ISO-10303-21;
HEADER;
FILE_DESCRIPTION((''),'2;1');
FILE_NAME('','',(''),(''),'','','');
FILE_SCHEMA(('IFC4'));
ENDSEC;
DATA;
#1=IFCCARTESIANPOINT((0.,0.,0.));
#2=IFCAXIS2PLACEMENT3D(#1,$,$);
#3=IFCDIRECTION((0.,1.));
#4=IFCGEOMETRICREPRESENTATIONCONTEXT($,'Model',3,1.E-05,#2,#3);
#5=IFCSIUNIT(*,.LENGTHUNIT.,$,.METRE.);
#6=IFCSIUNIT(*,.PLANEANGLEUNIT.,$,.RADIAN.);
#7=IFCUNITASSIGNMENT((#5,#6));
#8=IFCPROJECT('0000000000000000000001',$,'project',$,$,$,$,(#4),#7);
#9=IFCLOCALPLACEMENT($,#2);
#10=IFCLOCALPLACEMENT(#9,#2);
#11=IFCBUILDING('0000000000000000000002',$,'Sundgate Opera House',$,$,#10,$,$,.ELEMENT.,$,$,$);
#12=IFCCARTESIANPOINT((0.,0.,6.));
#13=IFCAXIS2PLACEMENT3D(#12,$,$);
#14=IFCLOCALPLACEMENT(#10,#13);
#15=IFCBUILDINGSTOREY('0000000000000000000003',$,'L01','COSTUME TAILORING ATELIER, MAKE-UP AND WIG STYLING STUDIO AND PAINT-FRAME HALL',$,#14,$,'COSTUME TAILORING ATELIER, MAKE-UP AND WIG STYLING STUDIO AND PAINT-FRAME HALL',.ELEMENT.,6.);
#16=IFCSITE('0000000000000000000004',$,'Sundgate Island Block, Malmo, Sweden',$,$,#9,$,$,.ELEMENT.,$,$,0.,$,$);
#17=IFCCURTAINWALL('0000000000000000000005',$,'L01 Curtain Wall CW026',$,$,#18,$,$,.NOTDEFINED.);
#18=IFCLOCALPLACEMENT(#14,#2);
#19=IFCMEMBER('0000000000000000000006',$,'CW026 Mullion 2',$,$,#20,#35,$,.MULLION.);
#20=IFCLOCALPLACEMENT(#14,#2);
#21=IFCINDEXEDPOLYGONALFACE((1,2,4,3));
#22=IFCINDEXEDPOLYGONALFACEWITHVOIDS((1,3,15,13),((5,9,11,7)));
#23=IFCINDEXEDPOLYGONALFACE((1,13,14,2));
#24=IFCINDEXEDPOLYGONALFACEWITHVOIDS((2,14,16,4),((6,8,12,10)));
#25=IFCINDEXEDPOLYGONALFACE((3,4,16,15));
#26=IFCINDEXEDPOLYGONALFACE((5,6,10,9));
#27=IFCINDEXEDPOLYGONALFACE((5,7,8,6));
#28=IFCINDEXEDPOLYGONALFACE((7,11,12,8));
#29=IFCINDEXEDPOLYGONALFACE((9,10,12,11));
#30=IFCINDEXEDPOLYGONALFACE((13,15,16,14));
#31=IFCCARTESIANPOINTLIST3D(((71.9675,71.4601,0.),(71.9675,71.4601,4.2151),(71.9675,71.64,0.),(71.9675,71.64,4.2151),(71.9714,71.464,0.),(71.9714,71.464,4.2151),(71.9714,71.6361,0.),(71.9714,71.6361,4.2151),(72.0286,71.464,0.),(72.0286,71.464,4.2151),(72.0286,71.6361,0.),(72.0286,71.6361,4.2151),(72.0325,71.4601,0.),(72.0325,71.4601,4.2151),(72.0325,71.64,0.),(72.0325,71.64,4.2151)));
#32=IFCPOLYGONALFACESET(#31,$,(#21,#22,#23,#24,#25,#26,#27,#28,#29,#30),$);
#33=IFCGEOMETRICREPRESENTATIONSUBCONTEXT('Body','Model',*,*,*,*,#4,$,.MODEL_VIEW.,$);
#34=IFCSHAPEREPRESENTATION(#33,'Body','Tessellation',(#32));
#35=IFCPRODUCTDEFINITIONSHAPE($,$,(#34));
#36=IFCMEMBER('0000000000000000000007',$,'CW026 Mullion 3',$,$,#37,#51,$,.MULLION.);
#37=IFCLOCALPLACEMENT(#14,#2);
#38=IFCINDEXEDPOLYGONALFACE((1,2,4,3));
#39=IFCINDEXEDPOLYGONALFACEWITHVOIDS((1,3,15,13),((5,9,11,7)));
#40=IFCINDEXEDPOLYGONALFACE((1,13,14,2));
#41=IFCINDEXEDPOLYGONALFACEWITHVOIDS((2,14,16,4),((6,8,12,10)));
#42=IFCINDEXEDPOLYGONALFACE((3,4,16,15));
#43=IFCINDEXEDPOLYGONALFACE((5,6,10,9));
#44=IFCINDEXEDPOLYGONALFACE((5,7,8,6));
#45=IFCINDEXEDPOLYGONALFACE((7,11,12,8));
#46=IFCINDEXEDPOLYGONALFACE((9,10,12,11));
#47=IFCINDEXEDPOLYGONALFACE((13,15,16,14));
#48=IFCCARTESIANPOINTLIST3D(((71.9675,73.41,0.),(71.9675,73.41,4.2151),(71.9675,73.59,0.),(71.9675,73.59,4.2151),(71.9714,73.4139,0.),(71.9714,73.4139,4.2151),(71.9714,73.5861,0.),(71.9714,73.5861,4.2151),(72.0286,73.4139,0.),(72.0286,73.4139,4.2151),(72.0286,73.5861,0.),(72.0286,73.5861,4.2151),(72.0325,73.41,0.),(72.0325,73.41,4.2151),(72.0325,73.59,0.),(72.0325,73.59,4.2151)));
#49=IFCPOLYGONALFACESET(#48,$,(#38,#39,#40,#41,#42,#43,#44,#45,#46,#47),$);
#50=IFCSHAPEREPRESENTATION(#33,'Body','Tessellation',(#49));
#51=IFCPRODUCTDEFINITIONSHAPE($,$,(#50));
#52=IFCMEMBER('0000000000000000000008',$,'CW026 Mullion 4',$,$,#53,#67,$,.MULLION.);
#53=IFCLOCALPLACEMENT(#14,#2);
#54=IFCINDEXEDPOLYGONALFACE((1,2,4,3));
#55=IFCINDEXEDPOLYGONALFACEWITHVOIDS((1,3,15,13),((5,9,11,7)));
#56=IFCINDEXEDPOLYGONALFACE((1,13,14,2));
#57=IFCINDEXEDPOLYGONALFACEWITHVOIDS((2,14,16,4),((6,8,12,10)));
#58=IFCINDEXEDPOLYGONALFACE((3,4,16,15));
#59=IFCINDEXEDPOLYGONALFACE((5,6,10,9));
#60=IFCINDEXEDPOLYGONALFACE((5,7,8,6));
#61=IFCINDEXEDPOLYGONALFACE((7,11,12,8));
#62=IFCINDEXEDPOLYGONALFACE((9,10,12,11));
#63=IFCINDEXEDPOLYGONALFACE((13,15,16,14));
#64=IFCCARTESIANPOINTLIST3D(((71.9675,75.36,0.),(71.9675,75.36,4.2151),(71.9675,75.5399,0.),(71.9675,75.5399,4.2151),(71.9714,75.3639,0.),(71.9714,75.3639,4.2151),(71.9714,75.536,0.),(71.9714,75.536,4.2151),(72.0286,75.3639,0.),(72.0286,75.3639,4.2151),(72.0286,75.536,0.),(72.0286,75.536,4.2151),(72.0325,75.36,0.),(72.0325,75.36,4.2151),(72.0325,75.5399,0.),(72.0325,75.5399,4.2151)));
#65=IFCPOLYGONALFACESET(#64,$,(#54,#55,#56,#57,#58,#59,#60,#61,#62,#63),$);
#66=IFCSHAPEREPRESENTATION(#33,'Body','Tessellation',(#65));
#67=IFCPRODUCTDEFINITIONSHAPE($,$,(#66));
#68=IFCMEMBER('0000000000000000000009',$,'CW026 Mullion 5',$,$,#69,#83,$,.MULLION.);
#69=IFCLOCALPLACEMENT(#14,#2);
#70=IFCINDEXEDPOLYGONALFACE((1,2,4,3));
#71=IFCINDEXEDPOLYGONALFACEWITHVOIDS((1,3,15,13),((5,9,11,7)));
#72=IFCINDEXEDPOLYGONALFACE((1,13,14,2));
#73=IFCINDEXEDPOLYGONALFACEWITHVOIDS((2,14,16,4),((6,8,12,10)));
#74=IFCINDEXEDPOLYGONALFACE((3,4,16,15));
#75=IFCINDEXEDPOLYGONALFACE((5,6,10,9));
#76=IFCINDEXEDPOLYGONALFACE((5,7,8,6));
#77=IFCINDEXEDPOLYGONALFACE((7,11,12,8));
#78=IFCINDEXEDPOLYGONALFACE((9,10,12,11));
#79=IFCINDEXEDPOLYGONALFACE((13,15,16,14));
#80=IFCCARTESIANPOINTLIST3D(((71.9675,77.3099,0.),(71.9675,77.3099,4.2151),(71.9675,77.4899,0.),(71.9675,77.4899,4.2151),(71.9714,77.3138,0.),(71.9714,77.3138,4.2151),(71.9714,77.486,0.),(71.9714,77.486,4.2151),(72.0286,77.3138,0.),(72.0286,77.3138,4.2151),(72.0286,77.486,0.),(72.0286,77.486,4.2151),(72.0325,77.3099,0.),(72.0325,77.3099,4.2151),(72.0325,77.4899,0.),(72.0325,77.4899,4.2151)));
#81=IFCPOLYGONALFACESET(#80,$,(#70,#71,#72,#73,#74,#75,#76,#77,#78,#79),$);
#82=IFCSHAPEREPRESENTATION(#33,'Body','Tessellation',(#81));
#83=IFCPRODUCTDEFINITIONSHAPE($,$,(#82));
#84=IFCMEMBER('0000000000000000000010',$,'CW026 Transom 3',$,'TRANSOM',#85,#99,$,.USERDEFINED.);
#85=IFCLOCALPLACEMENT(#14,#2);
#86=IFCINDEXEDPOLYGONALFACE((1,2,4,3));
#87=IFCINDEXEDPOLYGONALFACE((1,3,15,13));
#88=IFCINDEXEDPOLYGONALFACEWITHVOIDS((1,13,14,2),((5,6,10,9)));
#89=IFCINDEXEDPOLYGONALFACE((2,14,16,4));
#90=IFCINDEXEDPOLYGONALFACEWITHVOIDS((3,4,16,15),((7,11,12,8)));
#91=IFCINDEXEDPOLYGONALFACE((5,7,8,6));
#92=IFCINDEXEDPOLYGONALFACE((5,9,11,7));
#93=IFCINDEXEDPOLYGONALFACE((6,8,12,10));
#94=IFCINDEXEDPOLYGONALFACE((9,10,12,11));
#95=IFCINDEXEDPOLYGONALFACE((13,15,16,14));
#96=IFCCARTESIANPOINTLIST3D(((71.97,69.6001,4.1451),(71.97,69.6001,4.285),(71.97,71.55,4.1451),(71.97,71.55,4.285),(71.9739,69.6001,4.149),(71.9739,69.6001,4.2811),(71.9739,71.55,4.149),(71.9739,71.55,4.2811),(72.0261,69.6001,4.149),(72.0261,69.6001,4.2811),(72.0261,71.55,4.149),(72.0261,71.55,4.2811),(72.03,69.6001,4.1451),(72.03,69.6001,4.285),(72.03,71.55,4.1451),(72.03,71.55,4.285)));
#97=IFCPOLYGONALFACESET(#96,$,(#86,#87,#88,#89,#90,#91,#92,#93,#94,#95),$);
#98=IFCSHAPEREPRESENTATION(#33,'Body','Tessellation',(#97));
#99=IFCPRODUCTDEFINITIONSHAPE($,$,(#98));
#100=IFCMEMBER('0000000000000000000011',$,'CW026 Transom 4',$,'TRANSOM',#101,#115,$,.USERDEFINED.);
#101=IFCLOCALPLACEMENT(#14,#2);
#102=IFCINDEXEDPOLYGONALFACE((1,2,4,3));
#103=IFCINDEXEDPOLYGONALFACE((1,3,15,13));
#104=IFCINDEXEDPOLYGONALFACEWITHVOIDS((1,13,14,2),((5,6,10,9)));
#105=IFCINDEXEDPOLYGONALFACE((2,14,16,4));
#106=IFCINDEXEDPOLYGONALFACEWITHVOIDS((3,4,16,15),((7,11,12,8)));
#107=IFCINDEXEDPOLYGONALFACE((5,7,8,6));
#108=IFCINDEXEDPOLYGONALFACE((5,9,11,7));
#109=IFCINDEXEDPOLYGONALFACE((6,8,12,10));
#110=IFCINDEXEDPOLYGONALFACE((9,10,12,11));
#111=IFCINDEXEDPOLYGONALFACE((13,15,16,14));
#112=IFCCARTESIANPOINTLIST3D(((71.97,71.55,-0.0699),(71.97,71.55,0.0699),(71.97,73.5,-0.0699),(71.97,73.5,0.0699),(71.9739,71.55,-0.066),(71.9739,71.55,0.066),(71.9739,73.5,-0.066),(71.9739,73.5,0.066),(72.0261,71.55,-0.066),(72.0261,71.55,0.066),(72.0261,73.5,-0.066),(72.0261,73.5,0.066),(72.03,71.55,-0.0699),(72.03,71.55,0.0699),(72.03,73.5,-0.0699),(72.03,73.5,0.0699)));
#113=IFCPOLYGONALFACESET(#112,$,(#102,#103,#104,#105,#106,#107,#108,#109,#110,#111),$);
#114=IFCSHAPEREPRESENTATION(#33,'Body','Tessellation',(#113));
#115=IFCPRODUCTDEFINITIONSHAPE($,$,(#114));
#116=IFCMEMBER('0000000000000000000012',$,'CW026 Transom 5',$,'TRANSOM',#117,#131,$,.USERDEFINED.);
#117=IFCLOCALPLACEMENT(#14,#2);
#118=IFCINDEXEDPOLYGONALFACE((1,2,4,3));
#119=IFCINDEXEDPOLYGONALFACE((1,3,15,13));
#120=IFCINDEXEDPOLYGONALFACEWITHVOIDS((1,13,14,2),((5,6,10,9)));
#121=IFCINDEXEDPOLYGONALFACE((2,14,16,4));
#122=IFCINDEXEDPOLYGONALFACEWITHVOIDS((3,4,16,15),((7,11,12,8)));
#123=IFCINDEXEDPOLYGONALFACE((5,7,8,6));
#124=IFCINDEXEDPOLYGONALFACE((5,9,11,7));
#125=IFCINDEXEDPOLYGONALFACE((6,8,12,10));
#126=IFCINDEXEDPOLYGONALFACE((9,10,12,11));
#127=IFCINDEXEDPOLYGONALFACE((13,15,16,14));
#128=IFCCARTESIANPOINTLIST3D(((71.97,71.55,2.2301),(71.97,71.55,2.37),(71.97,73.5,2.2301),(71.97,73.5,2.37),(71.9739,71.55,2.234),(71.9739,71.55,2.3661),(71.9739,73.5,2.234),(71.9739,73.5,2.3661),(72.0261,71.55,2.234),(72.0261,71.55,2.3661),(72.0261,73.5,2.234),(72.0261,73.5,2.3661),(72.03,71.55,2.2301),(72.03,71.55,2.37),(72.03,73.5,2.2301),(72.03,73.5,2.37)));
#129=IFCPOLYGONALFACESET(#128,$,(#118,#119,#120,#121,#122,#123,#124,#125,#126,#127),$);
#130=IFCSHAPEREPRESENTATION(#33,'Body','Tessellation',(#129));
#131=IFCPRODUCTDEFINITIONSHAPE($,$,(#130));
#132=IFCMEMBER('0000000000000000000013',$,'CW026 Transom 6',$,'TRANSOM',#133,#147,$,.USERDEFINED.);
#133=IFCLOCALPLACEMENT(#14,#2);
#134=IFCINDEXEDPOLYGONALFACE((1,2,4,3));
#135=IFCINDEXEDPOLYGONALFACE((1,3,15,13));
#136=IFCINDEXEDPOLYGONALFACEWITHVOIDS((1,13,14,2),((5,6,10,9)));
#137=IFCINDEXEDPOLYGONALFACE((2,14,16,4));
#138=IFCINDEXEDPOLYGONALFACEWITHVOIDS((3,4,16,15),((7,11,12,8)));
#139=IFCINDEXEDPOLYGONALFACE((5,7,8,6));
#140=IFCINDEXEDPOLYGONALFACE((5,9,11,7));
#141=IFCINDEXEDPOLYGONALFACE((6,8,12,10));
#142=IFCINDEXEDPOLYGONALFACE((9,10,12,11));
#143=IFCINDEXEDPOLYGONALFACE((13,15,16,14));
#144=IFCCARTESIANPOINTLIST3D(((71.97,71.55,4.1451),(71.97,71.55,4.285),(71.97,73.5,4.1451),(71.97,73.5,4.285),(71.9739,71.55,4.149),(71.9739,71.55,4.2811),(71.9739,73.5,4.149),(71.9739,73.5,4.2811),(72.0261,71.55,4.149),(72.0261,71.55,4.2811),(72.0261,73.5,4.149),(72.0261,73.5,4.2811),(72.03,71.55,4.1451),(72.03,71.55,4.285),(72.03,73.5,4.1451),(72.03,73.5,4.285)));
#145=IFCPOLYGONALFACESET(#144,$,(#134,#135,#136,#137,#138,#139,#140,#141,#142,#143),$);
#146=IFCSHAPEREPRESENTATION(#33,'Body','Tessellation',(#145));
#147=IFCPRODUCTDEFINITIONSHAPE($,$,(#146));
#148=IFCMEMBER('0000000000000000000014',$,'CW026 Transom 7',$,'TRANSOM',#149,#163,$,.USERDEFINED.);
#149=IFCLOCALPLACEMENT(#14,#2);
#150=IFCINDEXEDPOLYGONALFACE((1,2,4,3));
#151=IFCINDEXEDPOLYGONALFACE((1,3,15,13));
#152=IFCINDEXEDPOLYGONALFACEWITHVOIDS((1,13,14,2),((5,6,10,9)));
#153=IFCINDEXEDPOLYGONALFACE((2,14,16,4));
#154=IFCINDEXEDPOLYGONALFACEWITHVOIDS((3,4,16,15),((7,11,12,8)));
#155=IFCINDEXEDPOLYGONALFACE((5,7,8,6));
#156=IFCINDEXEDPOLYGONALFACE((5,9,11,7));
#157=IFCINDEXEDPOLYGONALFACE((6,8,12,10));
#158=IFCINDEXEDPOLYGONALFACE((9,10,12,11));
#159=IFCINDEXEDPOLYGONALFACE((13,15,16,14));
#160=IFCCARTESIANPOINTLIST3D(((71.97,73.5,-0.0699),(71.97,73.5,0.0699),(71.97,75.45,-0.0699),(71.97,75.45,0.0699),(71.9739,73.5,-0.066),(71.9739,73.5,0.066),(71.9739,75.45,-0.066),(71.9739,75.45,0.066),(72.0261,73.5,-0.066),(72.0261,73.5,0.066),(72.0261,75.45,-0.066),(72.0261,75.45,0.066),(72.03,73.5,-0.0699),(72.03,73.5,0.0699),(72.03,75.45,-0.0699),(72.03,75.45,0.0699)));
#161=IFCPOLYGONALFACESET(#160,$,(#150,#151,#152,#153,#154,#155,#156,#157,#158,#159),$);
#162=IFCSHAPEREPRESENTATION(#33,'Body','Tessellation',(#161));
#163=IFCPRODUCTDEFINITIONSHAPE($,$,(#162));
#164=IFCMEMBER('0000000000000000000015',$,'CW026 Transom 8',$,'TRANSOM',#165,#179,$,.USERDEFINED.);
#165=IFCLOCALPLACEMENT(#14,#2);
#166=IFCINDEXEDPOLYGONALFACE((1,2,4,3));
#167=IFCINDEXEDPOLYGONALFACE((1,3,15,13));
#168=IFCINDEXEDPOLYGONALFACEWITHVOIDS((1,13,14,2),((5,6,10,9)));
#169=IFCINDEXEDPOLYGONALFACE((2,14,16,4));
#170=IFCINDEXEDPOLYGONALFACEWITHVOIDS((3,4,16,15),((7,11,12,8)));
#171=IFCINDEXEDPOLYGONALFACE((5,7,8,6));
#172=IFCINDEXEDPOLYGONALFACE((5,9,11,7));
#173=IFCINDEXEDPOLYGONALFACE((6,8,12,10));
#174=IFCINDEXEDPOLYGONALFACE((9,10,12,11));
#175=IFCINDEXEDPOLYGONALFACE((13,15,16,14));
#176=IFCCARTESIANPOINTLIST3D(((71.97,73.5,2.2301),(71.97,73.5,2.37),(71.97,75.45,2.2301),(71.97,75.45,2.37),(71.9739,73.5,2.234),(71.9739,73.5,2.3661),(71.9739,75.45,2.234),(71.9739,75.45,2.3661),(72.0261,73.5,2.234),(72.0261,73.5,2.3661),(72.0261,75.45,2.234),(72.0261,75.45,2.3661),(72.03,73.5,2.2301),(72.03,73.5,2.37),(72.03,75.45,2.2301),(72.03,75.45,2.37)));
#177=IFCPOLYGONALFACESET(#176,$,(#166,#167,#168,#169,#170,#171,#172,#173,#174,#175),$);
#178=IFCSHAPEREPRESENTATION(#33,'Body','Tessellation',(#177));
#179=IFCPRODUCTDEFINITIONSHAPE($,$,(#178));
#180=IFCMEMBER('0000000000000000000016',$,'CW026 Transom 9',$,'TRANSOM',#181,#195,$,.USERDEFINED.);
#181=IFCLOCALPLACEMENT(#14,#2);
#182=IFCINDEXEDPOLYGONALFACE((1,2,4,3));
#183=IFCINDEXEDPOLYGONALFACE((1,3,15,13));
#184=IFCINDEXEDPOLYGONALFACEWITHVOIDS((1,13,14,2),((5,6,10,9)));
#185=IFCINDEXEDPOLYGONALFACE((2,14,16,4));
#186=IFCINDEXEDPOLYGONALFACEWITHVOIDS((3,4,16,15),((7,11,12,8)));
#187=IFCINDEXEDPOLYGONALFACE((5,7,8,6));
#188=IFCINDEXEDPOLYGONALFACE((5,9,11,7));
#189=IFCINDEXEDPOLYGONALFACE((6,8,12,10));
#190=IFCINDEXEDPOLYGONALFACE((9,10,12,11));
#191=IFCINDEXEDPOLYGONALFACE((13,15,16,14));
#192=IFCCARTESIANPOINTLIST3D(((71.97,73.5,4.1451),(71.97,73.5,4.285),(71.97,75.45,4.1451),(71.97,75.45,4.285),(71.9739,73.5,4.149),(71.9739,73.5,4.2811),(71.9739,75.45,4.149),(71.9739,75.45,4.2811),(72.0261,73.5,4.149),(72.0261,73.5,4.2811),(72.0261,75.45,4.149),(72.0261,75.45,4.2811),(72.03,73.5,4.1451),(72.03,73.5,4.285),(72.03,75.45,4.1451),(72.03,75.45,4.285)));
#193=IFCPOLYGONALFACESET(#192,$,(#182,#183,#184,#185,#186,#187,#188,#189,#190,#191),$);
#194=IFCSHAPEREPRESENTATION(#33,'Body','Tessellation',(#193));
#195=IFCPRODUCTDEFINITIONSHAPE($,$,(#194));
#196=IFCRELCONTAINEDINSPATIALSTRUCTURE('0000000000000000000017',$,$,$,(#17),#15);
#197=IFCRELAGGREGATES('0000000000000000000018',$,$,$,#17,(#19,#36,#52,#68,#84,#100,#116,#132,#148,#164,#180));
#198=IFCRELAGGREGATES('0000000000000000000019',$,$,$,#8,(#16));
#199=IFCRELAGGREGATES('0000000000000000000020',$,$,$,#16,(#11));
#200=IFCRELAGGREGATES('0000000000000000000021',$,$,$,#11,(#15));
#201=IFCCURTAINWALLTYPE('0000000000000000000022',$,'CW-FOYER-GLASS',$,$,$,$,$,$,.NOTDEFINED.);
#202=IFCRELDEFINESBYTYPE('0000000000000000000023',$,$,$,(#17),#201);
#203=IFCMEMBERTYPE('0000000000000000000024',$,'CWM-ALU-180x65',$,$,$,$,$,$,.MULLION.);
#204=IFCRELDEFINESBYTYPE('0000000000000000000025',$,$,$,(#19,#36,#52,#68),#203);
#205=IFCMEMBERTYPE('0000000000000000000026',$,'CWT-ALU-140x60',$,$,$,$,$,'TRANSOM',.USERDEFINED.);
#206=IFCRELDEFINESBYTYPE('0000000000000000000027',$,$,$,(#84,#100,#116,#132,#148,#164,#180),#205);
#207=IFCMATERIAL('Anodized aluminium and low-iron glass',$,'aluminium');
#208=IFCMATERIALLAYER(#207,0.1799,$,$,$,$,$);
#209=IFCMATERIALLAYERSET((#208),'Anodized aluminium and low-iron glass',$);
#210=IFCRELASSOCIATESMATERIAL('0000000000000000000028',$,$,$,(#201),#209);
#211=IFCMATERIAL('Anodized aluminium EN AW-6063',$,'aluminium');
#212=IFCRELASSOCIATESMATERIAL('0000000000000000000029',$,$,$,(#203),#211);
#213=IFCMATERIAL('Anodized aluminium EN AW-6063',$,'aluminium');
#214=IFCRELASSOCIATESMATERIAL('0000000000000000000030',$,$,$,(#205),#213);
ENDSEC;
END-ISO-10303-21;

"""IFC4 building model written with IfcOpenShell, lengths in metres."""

from ifc_helpers import new_model, si_unit, direction, frame, origin, origin_2d, place, context, subcontext, project, spatial, hollow_rectangle, extrude, material, layer, layer_set, material_profile, profile_set, type_object, element, aggregate, save


model = new_model("IFC4")

# Units and contexts
model_context = context("Model", 3, precision=1e-05, world=origin(), true_north=direction((0.0, 1.0)))
body_context = subcontext(model_context, "Body", "Model", "MODEL_VIEW")
ifc_project = project(units=[si_unit("LENGTHUNIT", "METRE"), si_unit("PLANEANGLEUNIT", "RADIAN")], contexts=[model_context])

# Site, building, storey
site_placement = place(None, origin())
site = spatial("IfcSite", under=ifc_project, at=site_placement, Name="Sundgate Island Block, Malmo, Sweden", CompositionType="ELEMENT", RefElevation=0.0)
building_placement = place(site_placement, origin())
building = spatial("IfcBuilding", under=site, at=building_placement, Name="Sundgate Opera House", CompositionType="ELEMENT")
storey_placement = place(building_placement, frame((0.0, 0.0, 6.0)))
storey = spatial("IfcBuildingStorey", under=building, at=storey_placement, Name="L01", Description="COSTUME TAILORING ATELIER, MAKE-UP AND WIG STYLING STUDIO AND PAINT-FRAME HALL", LongName="COSTUME TAILORING ATELIER, MAKE-UP AND WIG STYLING STUDIO AND PAINT-FRAME HALL", CompositionType="ELEMENT", Elevation=6.0)

# Curtain wall, members
ifc_material_1 = material(Name="Anodized aluminium and low-iron glass", Category="aluminium")
ifc_layer_1 = layer(ifc_material_1, 0.1799)
ifc_layer_set_1 = layer_set([ifc_layer_1], Name="Anodized aluminium and low-iron glass")
curtain_wall_type = type_object("IfcCurtainWallType", Name="CW-FOYER-GLASS", PredefinedType="NOTDEFINED", material=ifc_layer_set_1)
curtain_wall_placement = place(storey_placement, origin())
curtain_wall = element("IfcCurtainWall", 1, at=curtain_wall_placement, inside=storey, type_object=curtain_wall_type, Name="L01 Curtain Wall CW026", PredefinedType="NOTDEFINED")
ifc_material_2 = material(Name="Anodized aluminium EN AW-6063", Category="aluminium")
ifc_material_profile_1 = material_profile(ifc_material_2, hollow_rectangle(XDim=0.0649, YDim=0.1799, WallThickness=0.0039, at=origin_2d()), Name="CWM 180x65x4")
ifc_profile_set_1 = profile_set([ifc_material_profile_1], Name="Anodized aluminium EN AW-6063")
member_type_1 = type_object("IfcMemberType", Name="CWM-ALU-180x65", PredefinedType="MULLION", material=ifc_profile_set_1)
member_1_placement = place(storey_placement, frame((72.0, 71.55, 0.0), z_axis=(0.0, 0.0, 1.0), x_axis=(1.0, 0.0, 0.0)))
member_1 = element("IfcMember", 2, at=member_1_placement, type_object=member_type_1, Name="CW026 Mullion 2", PredefinedType="MULLION", context=body_context, shape_type="SweptSolid", body=[
    extrude(hollow_rectangle(XDim=0.0649, YDim=0.1799, WallThickness=0.0039, at=origin_2d()), origin(), (0.0, 0.0, 1.0), 4.2151),
])
member_2_placement = place(storey_placement, frame((72.0, 73.5, 0.0), z_axis=(0.0, 0.0, 1.0), x_axis=(1.0, 0.0, 0.0)))
member_2 = element("IfcMember", 3, at=member_2_placement, type_object=member_type_1, Name="CW026 Mullion 3", PredefinedType="MULLION", context=body_context, shape_type="SweptSolid", body=[
    extrude(hollow_rectangle(XDim=0.0649, YDim=0.1799, WallThickness=0.0039, at=origin_2d()), origin(), (0.0, 0.0, 1.0), 4.2151),
])
member_3_placement = place(storey_placement, frame((72.0, 75.45, 0.0), z_axis=(0.0, 0.0, 1.0), x_axis=(1.0, 0.0, 0.0)))
member_3 = element("IfcMember", 4, at=member_3_placement, type_object=member_type_1, Name="CW026 Mullion 4", PredefinedType="MULLION", context=body_context, shape_type="SweptSolid", body=[
    extrude(hollow_rectangle(XDim=0.0649, YDim=0.1799, WallThickness=0.0039, at=origin_2d()), origin(), (0.0, 0.0, 1.0), 4.2151),
])
member_4_placement = place(storey_placement, frame((72.0, 77.3999, 0.0), z_axis=(0.0, 0.0, 1.0), x_axis=(1.0, 0.0, 0.0)))
member_4 = element("IfcMember", 5, at=member_4_placement, type_object=member_type_1, Name="CW026 Mullion 5", PredefinedType="MULLION", context=body_context, shape_type="SweptSolid", body=[
    extrude(hollow_rectangle(XDim=0.0649, YDim=0.1799, WallThickness=0.0039, at=origin_2d()), origin(), (0.0, 0.0, 1.0), 4.2151),
])
ifc_material_3 = material(Name="Anodized aluminium EN AW-6063", Category="aluminium")
ifc_material_profile_2 = material_profile(ifc_material_3, hollow_rectangle(XDim=0.0601, YDim=0.1399, WallThickness=0.0039, at=origin_2d()), Name="CWT 140x60x4")
ifc_profile_set_2 = profile_set([ifc_material_profile_2], Name="Anodized aluminium EN AW-6063")
member_type_2 = type_object("IfcMemberType", Name="CWT-ALU-140x60", ElementType="TRANSOM", PredefinedType="USERDEFINED", material=ifc_profile_set_2)
member_5_placement = place(storey_placement, frame((72.0, 69.6001, 4.2151), z_axis=(0.0, 1.0, 0.0), x_axis=(-1.0, 0.0, 0.0)))
member_5 = element("IfcMember", 6, at=member_5_placement, type_object=member_type_2, Name="CW026 Transom 3", ObjectType="TRANSOM", PredefinedType="USERDEFINED", context=body_context, shape_type="SweptSolid", body=[
    extrude(hollow_rectangle(XDim=0.0601, YDim=0.1399, WallThickness=0.0039, at=origin_2d()), origin(), (0.0, 0.0, 1.0), 1.95),
])
member_6_placement = place(storey_placement, frame((72.0, 71.55, 0.0), z_axis=(0.0, 1.0, 0.0), x_axis=(-1.0, 0.0, 0.0)))
member_6 = element("IfcMember", 7, at=member_6_placement, type_object=member_type_2, Name="CW026 Transom 4", ObjectType="TRANSOM", PredefinedType="USERDEFINED", context=body_context, shape_type="SweptSolid", body=[
    extrude(hollow_rectangle(XDim=0.0601, YDim=0.1399, WallThickness=0.0039, at=origin_2d()), origin(), (0.0, 0.0, 1.0), 1.95),
])
member_7_placement = place(storey_placement, frame((72.0, 71.55, 2.3), z_axis=(0.0, 1.0, 0.0), x_axis=(-1.0, 0.0, 0.0)))
member_7 = element("IfcMember", 8, at=member_7_placement, type_object=member_type_2, Name="CW026 Transom 5", ObjectType="TRANSOM", PredefinedType="USERDEFINED", context=body_context, shape_type="SweptSolid", body=[
    extrude(hollow_rectangle(XDim=0.0601, YDim=0.1399, WallThickness=0.0039, at=origin_2d()), origin(), (0.0, 0.0, 1.0), 1.95),
])
member_8_placement = place(storey_placement, frame((72.0, 71.55, 4.2151), z_axis=(0.0, 1.0, 0.0), x_axis=(-1.0, 0.0, 0.0)))
member_8 = element("IfcMember", 9, at=member_8_placement, type_object=member_type_2, Name="CW026 Transom 6", ObjectType="TRANSOM", PredefinedType="USERDEFINED", context=body_context, shape_type="SweptSolid", body=[
    extrude(hollow_rectangle(XDim=0.0601, YDim=0.1399, WallThickness=0.0039, at=origin_2d()), origin(), (0.0, 0.0, 1.0), 1.95),
])
member_9_placement = place(storey_placement, frame((72.0, 73.5, 0.0), z_axis=(0.0, 1.0, 0.0), x_axis=(-1.0, 0.0, 0.0)))
member_9 = element("IfcMember", 10, at=member_9_placement, type_object=member_type_2, Name="CW026 Transom 7", ObjectType="TRANSOM", PredefinedType="USERDEFINED", context=body_context, shape_type="SweptSolid", body=[
    extrude(hollow_rectangle(XDim=0.0601, YDim=0.1399, WallThickness=0.0039, at=origin_2d()), origin(), (0.0, 0.0, 1.0), 1.95),
])
member_10_placement = place(storey_placement, frame((72.0, 73.5, 2.3), z_axis=(0.0, 1.0, 0.0), x_axis=(-1.0, 0.0, 0.0)))
member_10 = element("IfcMember", 11, at=member_10_placement, type_object=member_type_2, Name="CW026 Transom 8", ObjectType="TRANSOM", PredefinedType="USERDEFINED", context=body_context, shape_type="SweptSolid", body=[
    extrude(hollow_rectangle(XDim=0.0601, YDim=0.1399, WallThickness=0.0039, at=origin_2d()), origin(), (0.0, 0.0, 1.0), 1.95),
])
member_11_placement = place(storey_placement, frame((72.0, 73.5, 4.2151), z_axis=(0.0, 1.0, 0.0), x_axis=(-1.0, 0.0, 0.0)))
member_11 = element("IfcMember", 12, at=member_11_placement, type_object=member_type_2, Name="CW026 Transom 9", ObjectType="TRANSOM", PredefinedType="USERDEFINED", context=body_context, shape_type="SweptSolid", body=[
    extrude(hollow_rectangle(XDim=0.0601, YDim=0.1399, WallThickness=0.0039, at=origin_2d()), origin(), (0.0, 0.0, 1.0), 1.95),
])
aggregate(curtain_wall, [member_1, member_2, member_3, member_4, member_5, member_6, member_7, member_8, member_9, member_10, member_11])

save(model, "model.ifc")
